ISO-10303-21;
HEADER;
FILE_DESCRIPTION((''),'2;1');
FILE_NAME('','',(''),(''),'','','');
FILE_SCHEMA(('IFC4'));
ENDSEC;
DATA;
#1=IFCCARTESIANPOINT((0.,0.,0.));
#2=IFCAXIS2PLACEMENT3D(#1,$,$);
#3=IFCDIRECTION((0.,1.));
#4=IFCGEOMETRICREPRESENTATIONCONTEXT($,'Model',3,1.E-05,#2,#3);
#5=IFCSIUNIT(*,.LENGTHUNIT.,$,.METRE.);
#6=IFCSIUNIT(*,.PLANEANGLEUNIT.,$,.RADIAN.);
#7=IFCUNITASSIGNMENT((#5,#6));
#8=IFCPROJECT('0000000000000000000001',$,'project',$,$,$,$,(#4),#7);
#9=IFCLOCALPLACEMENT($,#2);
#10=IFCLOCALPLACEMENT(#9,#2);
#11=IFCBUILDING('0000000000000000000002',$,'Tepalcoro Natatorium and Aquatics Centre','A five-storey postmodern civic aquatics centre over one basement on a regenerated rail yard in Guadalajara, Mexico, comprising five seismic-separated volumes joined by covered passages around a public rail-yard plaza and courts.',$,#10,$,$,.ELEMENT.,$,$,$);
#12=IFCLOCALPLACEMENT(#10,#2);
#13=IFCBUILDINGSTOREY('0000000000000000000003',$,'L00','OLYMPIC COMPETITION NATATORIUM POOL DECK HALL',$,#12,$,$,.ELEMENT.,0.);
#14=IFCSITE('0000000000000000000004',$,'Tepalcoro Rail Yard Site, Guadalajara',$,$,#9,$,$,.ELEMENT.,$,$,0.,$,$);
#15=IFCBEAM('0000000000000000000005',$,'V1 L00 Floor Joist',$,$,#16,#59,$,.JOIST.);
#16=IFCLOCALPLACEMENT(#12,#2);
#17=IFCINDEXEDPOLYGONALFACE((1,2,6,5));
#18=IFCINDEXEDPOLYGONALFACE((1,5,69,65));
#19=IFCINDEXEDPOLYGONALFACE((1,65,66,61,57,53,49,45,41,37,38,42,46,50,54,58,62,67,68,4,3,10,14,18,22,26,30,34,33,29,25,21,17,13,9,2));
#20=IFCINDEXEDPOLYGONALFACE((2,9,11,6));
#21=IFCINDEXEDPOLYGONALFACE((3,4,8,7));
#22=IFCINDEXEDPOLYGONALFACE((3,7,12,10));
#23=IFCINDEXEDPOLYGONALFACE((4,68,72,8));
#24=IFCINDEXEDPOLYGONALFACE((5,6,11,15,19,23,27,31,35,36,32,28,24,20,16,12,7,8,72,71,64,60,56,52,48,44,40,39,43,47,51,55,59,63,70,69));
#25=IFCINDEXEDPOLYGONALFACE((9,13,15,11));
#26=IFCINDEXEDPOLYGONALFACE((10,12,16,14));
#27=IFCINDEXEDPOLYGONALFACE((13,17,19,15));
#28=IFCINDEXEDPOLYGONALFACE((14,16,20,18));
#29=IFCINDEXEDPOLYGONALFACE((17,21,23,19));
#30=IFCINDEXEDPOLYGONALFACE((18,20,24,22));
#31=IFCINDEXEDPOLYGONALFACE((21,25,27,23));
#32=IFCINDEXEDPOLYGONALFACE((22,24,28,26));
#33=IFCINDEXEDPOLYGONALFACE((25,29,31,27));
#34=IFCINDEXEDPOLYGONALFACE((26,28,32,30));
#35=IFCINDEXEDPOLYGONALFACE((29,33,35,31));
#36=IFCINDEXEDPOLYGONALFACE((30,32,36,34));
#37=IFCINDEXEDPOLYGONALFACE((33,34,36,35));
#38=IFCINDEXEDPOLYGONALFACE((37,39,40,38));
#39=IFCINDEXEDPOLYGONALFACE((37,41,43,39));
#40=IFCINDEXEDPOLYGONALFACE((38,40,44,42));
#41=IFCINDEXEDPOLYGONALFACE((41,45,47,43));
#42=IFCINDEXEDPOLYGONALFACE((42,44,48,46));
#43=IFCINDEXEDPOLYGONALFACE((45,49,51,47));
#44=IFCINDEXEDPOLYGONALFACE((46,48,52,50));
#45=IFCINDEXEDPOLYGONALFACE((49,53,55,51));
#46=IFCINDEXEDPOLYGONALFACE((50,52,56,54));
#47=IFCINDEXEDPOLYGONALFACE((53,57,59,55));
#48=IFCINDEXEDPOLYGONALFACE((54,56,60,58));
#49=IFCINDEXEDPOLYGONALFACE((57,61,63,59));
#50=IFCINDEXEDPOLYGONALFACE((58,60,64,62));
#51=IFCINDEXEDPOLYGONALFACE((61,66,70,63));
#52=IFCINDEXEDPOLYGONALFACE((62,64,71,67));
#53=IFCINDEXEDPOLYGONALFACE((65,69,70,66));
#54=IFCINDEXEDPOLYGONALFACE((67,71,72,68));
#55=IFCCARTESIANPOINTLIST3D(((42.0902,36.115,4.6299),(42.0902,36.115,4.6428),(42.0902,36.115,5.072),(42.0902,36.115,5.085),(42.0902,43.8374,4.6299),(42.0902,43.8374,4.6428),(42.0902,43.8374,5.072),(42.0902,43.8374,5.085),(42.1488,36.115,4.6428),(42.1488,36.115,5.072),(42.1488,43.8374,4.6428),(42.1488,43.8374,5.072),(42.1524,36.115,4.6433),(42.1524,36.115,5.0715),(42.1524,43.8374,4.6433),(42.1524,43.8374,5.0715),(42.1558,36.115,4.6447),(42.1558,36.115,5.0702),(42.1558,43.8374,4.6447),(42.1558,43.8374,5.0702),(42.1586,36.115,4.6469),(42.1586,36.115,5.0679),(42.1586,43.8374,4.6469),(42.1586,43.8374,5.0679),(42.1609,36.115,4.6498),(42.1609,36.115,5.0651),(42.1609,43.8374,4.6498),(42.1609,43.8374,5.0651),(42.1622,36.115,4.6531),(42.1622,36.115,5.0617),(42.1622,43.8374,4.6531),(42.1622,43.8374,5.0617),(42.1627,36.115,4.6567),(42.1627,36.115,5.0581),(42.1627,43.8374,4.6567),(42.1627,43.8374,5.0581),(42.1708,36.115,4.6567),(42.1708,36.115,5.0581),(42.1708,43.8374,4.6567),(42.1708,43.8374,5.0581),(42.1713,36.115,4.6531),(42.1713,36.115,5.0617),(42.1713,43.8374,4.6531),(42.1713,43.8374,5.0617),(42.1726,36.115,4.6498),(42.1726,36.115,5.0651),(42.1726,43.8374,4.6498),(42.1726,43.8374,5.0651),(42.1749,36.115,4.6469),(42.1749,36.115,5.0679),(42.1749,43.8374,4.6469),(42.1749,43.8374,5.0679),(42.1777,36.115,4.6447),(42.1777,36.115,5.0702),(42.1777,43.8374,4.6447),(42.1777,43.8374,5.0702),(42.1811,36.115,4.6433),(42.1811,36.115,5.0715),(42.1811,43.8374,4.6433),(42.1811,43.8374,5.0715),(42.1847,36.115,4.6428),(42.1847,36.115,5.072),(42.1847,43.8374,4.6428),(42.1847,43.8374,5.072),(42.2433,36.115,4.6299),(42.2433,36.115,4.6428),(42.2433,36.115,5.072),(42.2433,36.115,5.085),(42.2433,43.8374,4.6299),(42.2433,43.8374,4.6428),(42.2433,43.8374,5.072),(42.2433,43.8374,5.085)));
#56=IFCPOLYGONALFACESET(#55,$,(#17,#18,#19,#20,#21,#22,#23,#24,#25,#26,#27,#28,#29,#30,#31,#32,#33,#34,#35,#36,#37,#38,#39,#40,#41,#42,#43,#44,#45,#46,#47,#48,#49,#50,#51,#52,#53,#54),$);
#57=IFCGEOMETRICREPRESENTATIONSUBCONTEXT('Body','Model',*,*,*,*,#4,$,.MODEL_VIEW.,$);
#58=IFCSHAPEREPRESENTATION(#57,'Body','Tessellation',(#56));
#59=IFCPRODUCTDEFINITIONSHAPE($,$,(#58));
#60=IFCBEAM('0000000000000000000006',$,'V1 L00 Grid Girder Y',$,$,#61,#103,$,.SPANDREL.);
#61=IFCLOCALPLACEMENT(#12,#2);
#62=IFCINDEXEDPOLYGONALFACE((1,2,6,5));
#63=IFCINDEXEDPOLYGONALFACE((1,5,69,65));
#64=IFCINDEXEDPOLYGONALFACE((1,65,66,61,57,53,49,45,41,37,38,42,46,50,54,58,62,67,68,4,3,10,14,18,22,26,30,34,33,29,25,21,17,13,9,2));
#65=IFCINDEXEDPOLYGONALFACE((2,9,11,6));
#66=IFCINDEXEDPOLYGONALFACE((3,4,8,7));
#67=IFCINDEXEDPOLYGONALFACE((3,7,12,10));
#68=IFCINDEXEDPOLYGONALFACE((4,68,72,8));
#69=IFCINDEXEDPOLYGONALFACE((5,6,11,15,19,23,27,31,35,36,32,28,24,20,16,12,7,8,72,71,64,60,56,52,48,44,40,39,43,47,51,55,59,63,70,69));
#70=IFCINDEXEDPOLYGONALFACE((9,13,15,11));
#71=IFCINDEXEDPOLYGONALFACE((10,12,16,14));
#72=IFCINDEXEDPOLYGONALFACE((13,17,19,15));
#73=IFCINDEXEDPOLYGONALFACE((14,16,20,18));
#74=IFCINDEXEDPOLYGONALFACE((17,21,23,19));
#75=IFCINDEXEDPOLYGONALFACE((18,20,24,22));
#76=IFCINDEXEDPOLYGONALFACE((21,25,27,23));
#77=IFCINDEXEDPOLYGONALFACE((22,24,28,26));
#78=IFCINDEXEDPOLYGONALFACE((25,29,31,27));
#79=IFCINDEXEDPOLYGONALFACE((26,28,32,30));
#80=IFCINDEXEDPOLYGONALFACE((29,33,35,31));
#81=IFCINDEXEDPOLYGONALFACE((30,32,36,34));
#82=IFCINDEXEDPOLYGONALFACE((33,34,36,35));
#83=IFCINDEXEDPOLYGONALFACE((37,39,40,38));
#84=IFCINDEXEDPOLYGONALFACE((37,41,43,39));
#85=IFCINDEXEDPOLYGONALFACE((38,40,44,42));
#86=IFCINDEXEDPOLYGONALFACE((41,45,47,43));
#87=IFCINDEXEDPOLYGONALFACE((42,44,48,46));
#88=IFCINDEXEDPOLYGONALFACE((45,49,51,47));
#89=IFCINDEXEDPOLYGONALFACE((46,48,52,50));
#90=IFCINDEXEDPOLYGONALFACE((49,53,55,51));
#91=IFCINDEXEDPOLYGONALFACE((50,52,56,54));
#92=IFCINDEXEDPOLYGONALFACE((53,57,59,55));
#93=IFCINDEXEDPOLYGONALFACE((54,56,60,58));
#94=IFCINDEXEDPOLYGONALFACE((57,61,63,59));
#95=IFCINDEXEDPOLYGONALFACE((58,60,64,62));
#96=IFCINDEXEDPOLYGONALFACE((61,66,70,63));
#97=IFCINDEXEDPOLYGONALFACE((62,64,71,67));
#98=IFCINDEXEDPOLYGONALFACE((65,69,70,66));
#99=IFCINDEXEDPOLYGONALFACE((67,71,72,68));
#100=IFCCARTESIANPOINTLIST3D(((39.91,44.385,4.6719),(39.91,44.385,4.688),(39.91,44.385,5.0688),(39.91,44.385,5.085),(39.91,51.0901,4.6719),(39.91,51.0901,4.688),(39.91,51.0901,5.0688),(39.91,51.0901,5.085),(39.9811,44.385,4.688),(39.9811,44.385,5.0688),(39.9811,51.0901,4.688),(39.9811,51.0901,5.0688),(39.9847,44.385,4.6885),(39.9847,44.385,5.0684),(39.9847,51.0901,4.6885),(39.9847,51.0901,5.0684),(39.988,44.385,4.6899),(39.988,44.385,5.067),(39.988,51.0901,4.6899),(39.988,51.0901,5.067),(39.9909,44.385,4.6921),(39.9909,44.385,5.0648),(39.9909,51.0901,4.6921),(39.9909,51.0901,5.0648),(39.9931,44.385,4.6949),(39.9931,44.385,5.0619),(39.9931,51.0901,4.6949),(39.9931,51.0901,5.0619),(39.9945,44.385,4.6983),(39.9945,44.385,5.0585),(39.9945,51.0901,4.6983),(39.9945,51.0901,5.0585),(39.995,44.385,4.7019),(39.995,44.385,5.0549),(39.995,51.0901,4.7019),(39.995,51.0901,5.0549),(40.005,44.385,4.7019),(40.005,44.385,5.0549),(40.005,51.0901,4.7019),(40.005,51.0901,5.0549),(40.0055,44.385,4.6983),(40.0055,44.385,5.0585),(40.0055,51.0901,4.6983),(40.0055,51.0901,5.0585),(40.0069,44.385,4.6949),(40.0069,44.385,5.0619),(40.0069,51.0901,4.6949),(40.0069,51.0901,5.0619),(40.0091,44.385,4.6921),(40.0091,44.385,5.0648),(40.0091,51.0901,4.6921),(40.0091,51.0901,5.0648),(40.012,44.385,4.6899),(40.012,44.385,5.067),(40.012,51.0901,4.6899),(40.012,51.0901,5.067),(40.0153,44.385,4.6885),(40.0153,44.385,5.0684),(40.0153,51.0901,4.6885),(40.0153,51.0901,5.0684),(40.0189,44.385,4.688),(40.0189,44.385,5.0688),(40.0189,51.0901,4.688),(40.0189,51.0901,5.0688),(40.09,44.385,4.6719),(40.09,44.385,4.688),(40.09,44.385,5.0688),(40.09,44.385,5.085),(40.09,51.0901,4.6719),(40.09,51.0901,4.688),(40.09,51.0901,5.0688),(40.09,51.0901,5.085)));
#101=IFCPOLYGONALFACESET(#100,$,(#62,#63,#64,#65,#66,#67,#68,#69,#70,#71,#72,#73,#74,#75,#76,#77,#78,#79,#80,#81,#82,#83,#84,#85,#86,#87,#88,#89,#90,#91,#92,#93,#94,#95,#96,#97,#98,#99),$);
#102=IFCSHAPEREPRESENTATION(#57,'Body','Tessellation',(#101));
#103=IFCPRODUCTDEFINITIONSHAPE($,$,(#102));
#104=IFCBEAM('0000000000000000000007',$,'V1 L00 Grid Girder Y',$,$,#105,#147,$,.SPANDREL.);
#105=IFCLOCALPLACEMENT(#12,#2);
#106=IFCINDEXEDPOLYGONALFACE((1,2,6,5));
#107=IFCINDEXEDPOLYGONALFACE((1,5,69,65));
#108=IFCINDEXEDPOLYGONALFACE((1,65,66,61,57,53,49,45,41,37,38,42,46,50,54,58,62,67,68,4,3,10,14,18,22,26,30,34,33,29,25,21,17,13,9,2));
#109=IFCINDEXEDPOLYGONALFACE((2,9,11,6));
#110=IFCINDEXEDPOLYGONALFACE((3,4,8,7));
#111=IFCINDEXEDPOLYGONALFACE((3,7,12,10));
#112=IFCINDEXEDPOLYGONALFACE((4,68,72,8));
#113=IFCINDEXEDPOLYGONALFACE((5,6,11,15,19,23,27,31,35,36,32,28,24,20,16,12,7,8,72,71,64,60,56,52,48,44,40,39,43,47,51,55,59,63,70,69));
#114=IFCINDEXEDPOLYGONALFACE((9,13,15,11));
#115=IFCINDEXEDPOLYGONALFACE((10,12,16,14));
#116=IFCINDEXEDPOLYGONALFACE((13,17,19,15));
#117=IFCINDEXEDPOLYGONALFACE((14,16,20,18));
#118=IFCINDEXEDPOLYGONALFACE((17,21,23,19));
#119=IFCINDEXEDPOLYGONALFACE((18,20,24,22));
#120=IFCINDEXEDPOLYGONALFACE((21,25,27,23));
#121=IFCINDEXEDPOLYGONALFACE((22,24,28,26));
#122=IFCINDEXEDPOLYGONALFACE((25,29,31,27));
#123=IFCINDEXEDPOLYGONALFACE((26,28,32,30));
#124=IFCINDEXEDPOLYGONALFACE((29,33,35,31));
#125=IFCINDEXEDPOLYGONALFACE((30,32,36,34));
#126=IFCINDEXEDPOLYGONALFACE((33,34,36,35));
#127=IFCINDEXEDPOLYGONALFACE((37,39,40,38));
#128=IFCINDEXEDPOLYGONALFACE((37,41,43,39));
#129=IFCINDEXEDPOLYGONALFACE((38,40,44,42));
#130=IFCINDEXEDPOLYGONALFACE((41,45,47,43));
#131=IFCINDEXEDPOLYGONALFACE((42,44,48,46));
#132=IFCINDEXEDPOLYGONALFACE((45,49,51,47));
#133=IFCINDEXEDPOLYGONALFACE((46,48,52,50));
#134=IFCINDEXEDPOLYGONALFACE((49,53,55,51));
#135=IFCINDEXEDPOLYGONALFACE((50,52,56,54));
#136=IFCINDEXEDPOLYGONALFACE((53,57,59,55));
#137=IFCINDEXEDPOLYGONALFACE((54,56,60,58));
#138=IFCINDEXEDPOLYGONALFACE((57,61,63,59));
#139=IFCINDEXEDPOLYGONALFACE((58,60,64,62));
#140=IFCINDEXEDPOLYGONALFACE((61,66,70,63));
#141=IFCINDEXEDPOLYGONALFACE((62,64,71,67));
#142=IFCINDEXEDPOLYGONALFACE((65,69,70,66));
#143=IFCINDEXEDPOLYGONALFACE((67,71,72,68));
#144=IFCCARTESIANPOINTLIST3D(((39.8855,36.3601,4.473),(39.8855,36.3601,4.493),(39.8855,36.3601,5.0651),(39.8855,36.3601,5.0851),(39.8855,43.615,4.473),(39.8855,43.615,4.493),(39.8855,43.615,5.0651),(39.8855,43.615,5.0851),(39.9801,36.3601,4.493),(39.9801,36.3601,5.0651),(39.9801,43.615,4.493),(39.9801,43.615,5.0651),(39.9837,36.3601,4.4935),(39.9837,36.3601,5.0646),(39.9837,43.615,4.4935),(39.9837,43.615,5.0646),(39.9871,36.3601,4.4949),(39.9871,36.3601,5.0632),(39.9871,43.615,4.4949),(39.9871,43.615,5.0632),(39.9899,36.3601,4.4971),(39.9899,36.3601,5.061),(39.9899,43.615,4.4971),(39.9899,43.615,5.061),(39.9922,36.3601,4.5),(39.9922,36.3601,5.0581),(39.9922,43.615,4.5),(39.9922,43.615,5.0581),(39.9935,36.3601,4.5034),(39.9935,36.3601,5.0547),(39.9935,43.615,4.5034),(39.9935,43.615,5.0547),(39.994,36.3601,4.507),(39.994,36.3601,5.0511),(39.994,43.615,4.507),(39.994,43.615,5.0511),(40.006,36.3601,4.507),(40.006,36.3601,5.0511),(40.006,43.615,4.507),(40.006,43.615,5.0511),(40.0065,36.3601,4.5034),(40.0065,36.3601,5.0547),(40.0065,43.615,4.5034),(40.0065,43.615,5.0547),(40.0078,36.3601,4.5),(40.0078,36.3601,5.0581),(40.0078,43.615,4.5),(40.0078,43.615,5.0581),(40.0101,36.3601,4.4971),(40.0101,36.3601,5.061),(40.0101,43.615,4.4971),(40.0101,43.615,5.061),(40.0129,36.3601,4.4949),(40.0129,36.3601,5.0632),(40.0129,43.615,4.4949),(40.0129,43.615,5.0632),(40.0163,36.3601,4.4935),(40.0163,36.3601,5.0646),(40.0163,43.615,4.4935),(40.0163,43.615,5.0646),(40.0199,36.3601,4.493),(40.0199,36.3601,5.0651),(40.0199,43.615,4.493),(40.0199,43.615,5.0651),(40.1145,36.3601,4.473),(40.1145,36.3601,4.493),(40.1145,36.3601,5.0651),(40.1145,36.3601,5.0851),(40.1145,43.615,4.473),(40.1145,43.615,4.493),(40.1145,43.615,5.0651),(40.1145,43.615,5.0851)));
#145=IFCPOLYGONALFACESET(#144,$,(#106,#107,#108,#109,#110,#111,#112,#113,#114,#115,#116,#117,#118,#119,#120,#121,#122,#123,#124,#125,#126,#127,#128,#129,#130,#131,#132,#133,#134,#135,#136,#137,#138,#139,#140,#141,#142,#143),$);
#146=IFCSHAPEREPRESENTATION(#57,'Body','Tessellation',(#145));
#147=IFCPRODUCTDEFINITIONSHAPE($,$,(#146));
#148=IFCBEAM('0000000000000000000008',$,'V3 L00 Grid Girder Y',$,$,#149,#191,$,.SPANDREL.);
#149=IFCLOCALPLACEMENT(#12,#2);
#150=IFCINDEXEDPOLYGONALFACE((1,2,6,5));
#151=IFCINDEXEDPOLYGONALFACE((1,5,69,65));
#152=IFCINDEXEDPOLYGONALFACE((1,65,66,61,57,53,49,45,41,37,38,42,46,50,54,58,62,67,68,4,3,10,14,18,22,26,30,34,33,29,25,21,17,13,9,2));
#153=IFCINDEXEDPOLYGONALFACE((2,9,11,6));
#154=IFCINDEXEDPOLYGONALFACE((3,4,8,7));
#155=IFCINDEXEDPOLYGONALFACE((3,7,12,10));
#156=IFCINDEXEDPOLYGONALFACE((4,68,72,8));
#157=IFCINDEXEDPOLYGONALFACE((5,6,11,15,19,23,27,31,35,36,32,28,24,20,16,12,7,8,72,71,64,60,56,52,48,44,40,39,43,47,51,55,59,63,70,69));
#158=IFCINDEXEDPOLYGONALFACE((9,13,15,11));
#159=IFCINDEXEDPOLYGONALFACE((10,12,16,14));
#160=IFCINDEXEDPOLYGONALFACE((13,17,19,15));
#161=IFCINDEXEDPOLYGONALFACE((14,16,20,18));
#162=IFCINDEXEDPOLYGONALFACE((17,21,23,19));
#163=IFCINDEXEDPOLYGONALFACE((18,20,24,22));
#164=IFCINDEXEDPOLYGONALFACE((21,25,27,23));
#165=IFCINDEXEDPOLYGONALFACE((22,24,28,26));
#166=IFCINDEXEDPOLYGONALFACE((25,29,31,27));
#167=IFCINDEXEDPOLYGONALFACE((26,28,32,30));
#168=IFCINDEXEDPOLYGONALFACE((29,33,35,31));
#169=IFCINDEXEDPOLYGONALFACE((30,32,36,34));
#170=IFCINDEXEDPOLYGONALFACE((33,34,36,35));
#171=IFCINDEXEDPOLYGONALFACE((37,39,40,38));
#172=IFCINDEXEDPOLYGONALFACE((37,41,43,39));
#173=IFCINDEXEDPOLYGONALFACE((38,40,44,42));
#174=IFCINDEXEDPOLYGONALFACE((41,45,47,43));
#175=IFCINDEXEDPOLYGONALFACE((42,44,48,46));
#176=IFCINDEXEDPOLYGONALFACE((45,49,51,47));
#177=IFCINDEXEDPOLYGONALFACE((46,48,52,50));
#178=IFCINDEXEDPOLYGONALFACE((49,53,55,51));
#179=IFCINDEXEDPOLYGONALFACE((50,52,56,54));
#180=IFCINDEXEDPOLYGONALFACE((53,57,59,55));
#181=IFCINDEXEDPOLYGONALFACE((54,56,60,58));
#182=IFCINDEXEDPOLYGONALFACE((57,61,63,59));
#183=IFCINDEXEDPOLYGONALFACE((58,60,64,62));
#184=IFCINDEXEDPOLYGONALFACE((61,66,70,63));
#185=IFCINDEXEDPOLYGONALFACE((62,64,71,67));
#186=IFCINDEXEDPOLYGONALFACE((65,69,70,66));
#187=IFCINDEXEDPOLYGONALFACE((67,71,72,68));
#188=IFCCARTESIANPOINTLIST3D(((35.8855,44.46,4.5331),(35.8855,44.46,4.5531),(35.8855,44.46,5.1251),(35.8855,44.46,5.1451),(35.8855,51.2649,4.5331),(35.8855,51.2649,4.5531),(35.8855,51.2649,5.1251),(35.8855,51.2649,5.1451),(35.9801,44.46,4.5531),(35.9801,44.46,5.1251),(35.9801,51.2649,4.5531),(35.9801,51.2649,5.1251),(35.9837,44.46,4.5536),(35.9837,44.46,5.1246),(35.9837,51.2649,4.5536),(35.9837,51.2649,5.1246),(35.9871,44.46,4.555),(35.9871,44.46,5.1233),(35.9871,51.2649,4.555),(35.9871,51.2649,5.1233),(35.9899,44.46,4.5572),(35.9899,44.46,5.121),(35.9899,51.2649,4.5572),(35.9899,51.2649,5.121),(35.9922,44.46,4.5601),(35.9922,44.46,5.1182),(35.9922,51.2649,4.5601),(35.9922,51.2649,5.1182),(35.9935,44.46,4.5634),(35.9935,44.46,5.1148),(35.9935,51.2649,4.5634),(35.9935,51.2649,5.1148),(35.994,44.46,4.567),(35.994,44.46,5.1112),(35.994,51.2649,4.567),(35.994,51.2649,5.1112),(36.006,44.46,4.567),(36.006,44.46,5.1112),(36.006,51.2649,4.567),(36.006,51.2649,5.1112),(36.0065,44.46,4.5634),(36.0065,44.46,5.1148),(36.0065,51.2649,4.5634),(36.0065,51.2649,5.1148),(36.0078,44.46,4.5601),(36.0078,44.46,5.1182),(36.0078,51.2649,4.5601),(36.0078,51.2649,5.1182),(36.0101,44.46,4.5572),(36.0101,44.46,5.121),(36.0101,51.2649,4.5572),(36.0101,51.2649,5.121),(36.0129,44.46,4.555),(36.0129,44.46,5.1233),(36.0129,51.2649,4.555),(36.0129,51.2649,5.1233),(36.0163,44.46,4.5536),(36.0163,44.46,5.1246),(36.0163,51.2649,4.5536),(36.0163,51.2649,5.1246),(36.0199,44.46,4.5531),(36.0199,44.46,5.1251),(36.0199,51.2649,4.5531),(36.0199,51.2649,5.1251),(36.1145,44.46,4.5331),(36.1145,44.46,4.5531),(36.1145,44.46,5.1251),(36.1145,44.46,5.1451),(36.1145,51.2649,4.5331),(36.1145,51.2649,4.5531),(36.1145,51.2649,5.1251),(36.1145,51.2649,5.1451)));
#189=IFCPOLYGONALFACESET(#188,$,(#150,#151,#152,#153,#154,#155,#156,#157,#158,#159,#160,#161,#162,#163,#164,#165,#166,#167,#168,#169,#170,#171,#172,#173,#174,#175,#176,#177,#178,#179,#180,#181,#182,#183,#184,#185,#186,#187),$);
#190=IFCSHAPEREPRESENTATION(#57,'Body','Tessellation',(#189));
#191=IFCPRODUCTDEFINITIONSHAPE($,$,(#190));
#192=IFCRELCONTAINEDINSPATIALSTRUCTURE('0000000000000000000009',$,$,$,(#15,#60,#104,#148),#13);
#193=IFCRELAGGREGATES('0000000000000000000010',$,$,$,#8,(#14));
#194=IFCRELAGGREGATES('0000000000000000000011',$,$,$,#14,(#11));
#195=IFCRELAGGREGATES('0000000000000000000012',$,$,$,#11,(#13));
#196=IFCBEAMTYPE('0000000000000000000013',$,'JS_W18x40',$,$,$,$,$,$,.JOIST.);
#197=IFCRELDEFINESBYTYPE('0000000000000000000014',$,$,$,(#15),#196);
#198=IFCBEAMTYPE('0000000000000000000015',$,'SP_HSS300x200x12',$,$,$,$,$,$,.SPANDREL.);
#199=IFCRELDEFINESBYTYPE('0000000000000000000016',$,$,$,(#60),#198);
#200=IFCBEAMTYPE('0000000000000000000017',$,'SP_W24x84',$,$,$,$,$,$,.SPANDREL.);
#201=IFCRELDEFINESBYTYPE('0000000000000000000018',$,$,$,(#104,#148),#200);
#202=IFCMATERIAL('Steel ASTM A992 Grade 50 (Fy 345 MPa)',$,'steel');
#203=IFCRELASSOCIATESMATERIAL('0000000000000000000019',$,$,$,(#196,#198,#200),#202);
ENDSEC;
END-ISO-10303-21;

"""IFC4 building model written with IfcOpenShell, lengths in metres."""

from ifc_helpers import new_model, si_unit, direction, frame, origin, origin_2d, place, context, subcontext, project, spatial, i_section, extrude, material, material_profile, profile_set, type_object, element, save


model = new_model("IFC4")

# Units and contexts
model_context = context("Model", 3, precision=1e-05, world=origin(), true_north=direction((0.0, 1.0)))
body_context = subcontext(model_context, "Body", "Model", "MODEL_VIEW")
ifc_project = project(units=[si_unit("LENGTHUNIT", "METRE"), si_unit("PLANEANGLEUNIT", "RADIAN")], contexts=[model_context])

# Site, building, storey
site_placement = place(None, origin())
site = spatial("IfcSite", under=ifc_project, at=site_placement, Name="Tepalcoro Rail Yard Site, Guadalajara", CompositionType="ELEMENT", RefElevation=0.0)
building_placement = place(site_placement, origin())
building = spatial("IfcBuilding", under=site, at=building_placement, Name="Tepalcoro Natatorium and Aquatics Centre", Description="A five-storey postmodern civic aquatics centre over one basement on a regenerated rail yard in Guadalajara, Mexico, comprising five seismic-separated volumes joined by covered passages around a public rail-yard plaza and courts.", CompositionType="ELEMENT")
storey_placement = place(building_placement, origin())
storey = spatial("IfcBuildingStorey", under=building, at=storey_placement, Name="L00", Description="OLYMPIC COMPETITION NATATORIUM POOL DECK HALL", CompositionType="ELEMENT", Elevation=0.0)

# Shared definitions
ifc_material_1 = material(Name="Steel ASTM A992 Grade 50 (Fy 345 MPa)", Category="steel")

# Beams
ifc_material_profile_1 = material_profile(ifc_material_1, i_section(OverallWidth=0.1531, OverallDepth=0.4551, WebThickness=0.0081, FlangeThickness=0.0129, FilletRadius=0.0139, at=origin_2d()), Name="W18X40")
ifc_profile_set_1 = profile_set([ifc_material_profile_1], Name="Steel ASTM A992 Grade 50 (Fy 345 MPa)")
beam_type_1 = type_object("IfcBeamType", Name="JS_W18x40", PredefinedType="JOIST", material=ifc_profile_set_1)
beam_1_placement = place(storey_placement, frame((42.1667, 36.115, 4.8574), z_axis=(0.0, 1.0, 0.0), x_axis=(-1.0, 0.0, 0.0)))
element("IfcBeam", 1, at=beam_1_placement, inside=storey, type_object=beam_type_1, Name="V1 L00 Floor Joist", PredefinedType="JOIST", context=body_context, shape_type="SweptSolid", body=[
    extrude(i_section(OverallWidth=0.1531, OverallDepth=0.4551, WebThickness=0.0081, FlangeThickness=0.0129, FilletRadius=0.0139, at=origin_2d()), origin(), (0.0, 0.0, 1.0), 7.7224),
])
ifc_material_profile_2 = material_profile(ifc_material_1, i_section(OverallWidth=0.1799, OverallDepth=0.4131, WebThickness=0.01, FlangeThickness=0.0161, FilletRadius=0.0139, at=origin_2d()), Name="W16X50")
ifc_profile_set_2 = profile_set([ifc_material_profile_2], Name="Steel ASTM A992 Grade 50 (Fy 345 MPa)")
beam_type_2 = type_object("IfcBeamType", Name="SP_HSS300x200x12", PredefinedType="SPANDREL", material=ifc_profile_set_2)
beam_2_placement = place(storey_placement, frame((40.0, 44.385, 4.8784), z_axis=(0.0, 1.0, 0.0), x_axis=(-1.0, 0.0, 0.0)))
element("IfcBeam", 2, at=beam_2_placement, inside=storey, type_object=beam_type_2, Name="V1 L00 Grid Girder Y", PredefinedType="SPANDREL", context=body_context, shape_type="SweptSolid", body=[
    extrude(i_section(OverallWidth=0.1799, OverallDepth=0.4131, WebThickness=0.01, FlangeThickness=0.0161, FilletRadius=0.0139, at=origin_2d()), origin(), (0.0, 0.0, 1.0), 6.7051),
])
ifc_material_profile_3 = material_profile(ifc_material_1, i_section(OverallWidth=0.229, OverallDepth=0.6121, WebThickness=0.012, FlangeThickness=0.02, FilletRadius=0.0139, at=origin_2d()), Name="W24X84")
ifc_profile_set_3 = profile_set([ifc_material_profile_3], Name="Steel ASTM A992 Grade 50 (Fy 345 MPa)")
beam_type_3 = type_object("IfcBeamType", Name="SP_W24x84", PredefinedType="SPANDREL", material=ifc_profile_set_3)
beam_3_placement = place(storey_placement, frame((40.0, 36.3601, 4.7791), z_axis=(0.0, 1.0, 0.0), x_axis=(-1.0, 0.0, 0.0)))
element("IfcBeam", 3, at=beam_3_placement, inside=storey, type_object=beam_type_3, Name="V1 L00 Grid Girder Y", PredefinedType="SPANDREL", context=body_context, shape_type="SweptSolid", body=[
    extrude(i_section(OverallWidth=0.229, OverallDepth=0.6121, WebThickness=0.012, FlangeThickness=0.02, FilletRadius=0.0139, at=origin_2d()), origin(), (0.0, 0.0, 1.0), 7.2549),
])
beam_4_placement = place(storey_placement, frame((36.0, 44.46, 4.8391), z_axis=(0.0, 1.0, 0.0), x_axis=(-1.0, 0.0, 0.0)))
element("IfcBeam", 4, at=beam_4_placement, inside=storey, type_object=beam_type_3, Name="V3 L00 Grid Girder Y", PredefinedType="SPANDREL", context=body_context, shape_type="SweptSolid", body=[
    extrude(i_section(OverallWidth=0.229, OverallDepth=0.6121, WebThickness=0.012, FlangeThickness=0.02, FilletRadius=0.0139, at=origin_2d()), origin(), (0.0, 0.0, 1.0), 6.8049),
])

save(model, "model.ifc")
